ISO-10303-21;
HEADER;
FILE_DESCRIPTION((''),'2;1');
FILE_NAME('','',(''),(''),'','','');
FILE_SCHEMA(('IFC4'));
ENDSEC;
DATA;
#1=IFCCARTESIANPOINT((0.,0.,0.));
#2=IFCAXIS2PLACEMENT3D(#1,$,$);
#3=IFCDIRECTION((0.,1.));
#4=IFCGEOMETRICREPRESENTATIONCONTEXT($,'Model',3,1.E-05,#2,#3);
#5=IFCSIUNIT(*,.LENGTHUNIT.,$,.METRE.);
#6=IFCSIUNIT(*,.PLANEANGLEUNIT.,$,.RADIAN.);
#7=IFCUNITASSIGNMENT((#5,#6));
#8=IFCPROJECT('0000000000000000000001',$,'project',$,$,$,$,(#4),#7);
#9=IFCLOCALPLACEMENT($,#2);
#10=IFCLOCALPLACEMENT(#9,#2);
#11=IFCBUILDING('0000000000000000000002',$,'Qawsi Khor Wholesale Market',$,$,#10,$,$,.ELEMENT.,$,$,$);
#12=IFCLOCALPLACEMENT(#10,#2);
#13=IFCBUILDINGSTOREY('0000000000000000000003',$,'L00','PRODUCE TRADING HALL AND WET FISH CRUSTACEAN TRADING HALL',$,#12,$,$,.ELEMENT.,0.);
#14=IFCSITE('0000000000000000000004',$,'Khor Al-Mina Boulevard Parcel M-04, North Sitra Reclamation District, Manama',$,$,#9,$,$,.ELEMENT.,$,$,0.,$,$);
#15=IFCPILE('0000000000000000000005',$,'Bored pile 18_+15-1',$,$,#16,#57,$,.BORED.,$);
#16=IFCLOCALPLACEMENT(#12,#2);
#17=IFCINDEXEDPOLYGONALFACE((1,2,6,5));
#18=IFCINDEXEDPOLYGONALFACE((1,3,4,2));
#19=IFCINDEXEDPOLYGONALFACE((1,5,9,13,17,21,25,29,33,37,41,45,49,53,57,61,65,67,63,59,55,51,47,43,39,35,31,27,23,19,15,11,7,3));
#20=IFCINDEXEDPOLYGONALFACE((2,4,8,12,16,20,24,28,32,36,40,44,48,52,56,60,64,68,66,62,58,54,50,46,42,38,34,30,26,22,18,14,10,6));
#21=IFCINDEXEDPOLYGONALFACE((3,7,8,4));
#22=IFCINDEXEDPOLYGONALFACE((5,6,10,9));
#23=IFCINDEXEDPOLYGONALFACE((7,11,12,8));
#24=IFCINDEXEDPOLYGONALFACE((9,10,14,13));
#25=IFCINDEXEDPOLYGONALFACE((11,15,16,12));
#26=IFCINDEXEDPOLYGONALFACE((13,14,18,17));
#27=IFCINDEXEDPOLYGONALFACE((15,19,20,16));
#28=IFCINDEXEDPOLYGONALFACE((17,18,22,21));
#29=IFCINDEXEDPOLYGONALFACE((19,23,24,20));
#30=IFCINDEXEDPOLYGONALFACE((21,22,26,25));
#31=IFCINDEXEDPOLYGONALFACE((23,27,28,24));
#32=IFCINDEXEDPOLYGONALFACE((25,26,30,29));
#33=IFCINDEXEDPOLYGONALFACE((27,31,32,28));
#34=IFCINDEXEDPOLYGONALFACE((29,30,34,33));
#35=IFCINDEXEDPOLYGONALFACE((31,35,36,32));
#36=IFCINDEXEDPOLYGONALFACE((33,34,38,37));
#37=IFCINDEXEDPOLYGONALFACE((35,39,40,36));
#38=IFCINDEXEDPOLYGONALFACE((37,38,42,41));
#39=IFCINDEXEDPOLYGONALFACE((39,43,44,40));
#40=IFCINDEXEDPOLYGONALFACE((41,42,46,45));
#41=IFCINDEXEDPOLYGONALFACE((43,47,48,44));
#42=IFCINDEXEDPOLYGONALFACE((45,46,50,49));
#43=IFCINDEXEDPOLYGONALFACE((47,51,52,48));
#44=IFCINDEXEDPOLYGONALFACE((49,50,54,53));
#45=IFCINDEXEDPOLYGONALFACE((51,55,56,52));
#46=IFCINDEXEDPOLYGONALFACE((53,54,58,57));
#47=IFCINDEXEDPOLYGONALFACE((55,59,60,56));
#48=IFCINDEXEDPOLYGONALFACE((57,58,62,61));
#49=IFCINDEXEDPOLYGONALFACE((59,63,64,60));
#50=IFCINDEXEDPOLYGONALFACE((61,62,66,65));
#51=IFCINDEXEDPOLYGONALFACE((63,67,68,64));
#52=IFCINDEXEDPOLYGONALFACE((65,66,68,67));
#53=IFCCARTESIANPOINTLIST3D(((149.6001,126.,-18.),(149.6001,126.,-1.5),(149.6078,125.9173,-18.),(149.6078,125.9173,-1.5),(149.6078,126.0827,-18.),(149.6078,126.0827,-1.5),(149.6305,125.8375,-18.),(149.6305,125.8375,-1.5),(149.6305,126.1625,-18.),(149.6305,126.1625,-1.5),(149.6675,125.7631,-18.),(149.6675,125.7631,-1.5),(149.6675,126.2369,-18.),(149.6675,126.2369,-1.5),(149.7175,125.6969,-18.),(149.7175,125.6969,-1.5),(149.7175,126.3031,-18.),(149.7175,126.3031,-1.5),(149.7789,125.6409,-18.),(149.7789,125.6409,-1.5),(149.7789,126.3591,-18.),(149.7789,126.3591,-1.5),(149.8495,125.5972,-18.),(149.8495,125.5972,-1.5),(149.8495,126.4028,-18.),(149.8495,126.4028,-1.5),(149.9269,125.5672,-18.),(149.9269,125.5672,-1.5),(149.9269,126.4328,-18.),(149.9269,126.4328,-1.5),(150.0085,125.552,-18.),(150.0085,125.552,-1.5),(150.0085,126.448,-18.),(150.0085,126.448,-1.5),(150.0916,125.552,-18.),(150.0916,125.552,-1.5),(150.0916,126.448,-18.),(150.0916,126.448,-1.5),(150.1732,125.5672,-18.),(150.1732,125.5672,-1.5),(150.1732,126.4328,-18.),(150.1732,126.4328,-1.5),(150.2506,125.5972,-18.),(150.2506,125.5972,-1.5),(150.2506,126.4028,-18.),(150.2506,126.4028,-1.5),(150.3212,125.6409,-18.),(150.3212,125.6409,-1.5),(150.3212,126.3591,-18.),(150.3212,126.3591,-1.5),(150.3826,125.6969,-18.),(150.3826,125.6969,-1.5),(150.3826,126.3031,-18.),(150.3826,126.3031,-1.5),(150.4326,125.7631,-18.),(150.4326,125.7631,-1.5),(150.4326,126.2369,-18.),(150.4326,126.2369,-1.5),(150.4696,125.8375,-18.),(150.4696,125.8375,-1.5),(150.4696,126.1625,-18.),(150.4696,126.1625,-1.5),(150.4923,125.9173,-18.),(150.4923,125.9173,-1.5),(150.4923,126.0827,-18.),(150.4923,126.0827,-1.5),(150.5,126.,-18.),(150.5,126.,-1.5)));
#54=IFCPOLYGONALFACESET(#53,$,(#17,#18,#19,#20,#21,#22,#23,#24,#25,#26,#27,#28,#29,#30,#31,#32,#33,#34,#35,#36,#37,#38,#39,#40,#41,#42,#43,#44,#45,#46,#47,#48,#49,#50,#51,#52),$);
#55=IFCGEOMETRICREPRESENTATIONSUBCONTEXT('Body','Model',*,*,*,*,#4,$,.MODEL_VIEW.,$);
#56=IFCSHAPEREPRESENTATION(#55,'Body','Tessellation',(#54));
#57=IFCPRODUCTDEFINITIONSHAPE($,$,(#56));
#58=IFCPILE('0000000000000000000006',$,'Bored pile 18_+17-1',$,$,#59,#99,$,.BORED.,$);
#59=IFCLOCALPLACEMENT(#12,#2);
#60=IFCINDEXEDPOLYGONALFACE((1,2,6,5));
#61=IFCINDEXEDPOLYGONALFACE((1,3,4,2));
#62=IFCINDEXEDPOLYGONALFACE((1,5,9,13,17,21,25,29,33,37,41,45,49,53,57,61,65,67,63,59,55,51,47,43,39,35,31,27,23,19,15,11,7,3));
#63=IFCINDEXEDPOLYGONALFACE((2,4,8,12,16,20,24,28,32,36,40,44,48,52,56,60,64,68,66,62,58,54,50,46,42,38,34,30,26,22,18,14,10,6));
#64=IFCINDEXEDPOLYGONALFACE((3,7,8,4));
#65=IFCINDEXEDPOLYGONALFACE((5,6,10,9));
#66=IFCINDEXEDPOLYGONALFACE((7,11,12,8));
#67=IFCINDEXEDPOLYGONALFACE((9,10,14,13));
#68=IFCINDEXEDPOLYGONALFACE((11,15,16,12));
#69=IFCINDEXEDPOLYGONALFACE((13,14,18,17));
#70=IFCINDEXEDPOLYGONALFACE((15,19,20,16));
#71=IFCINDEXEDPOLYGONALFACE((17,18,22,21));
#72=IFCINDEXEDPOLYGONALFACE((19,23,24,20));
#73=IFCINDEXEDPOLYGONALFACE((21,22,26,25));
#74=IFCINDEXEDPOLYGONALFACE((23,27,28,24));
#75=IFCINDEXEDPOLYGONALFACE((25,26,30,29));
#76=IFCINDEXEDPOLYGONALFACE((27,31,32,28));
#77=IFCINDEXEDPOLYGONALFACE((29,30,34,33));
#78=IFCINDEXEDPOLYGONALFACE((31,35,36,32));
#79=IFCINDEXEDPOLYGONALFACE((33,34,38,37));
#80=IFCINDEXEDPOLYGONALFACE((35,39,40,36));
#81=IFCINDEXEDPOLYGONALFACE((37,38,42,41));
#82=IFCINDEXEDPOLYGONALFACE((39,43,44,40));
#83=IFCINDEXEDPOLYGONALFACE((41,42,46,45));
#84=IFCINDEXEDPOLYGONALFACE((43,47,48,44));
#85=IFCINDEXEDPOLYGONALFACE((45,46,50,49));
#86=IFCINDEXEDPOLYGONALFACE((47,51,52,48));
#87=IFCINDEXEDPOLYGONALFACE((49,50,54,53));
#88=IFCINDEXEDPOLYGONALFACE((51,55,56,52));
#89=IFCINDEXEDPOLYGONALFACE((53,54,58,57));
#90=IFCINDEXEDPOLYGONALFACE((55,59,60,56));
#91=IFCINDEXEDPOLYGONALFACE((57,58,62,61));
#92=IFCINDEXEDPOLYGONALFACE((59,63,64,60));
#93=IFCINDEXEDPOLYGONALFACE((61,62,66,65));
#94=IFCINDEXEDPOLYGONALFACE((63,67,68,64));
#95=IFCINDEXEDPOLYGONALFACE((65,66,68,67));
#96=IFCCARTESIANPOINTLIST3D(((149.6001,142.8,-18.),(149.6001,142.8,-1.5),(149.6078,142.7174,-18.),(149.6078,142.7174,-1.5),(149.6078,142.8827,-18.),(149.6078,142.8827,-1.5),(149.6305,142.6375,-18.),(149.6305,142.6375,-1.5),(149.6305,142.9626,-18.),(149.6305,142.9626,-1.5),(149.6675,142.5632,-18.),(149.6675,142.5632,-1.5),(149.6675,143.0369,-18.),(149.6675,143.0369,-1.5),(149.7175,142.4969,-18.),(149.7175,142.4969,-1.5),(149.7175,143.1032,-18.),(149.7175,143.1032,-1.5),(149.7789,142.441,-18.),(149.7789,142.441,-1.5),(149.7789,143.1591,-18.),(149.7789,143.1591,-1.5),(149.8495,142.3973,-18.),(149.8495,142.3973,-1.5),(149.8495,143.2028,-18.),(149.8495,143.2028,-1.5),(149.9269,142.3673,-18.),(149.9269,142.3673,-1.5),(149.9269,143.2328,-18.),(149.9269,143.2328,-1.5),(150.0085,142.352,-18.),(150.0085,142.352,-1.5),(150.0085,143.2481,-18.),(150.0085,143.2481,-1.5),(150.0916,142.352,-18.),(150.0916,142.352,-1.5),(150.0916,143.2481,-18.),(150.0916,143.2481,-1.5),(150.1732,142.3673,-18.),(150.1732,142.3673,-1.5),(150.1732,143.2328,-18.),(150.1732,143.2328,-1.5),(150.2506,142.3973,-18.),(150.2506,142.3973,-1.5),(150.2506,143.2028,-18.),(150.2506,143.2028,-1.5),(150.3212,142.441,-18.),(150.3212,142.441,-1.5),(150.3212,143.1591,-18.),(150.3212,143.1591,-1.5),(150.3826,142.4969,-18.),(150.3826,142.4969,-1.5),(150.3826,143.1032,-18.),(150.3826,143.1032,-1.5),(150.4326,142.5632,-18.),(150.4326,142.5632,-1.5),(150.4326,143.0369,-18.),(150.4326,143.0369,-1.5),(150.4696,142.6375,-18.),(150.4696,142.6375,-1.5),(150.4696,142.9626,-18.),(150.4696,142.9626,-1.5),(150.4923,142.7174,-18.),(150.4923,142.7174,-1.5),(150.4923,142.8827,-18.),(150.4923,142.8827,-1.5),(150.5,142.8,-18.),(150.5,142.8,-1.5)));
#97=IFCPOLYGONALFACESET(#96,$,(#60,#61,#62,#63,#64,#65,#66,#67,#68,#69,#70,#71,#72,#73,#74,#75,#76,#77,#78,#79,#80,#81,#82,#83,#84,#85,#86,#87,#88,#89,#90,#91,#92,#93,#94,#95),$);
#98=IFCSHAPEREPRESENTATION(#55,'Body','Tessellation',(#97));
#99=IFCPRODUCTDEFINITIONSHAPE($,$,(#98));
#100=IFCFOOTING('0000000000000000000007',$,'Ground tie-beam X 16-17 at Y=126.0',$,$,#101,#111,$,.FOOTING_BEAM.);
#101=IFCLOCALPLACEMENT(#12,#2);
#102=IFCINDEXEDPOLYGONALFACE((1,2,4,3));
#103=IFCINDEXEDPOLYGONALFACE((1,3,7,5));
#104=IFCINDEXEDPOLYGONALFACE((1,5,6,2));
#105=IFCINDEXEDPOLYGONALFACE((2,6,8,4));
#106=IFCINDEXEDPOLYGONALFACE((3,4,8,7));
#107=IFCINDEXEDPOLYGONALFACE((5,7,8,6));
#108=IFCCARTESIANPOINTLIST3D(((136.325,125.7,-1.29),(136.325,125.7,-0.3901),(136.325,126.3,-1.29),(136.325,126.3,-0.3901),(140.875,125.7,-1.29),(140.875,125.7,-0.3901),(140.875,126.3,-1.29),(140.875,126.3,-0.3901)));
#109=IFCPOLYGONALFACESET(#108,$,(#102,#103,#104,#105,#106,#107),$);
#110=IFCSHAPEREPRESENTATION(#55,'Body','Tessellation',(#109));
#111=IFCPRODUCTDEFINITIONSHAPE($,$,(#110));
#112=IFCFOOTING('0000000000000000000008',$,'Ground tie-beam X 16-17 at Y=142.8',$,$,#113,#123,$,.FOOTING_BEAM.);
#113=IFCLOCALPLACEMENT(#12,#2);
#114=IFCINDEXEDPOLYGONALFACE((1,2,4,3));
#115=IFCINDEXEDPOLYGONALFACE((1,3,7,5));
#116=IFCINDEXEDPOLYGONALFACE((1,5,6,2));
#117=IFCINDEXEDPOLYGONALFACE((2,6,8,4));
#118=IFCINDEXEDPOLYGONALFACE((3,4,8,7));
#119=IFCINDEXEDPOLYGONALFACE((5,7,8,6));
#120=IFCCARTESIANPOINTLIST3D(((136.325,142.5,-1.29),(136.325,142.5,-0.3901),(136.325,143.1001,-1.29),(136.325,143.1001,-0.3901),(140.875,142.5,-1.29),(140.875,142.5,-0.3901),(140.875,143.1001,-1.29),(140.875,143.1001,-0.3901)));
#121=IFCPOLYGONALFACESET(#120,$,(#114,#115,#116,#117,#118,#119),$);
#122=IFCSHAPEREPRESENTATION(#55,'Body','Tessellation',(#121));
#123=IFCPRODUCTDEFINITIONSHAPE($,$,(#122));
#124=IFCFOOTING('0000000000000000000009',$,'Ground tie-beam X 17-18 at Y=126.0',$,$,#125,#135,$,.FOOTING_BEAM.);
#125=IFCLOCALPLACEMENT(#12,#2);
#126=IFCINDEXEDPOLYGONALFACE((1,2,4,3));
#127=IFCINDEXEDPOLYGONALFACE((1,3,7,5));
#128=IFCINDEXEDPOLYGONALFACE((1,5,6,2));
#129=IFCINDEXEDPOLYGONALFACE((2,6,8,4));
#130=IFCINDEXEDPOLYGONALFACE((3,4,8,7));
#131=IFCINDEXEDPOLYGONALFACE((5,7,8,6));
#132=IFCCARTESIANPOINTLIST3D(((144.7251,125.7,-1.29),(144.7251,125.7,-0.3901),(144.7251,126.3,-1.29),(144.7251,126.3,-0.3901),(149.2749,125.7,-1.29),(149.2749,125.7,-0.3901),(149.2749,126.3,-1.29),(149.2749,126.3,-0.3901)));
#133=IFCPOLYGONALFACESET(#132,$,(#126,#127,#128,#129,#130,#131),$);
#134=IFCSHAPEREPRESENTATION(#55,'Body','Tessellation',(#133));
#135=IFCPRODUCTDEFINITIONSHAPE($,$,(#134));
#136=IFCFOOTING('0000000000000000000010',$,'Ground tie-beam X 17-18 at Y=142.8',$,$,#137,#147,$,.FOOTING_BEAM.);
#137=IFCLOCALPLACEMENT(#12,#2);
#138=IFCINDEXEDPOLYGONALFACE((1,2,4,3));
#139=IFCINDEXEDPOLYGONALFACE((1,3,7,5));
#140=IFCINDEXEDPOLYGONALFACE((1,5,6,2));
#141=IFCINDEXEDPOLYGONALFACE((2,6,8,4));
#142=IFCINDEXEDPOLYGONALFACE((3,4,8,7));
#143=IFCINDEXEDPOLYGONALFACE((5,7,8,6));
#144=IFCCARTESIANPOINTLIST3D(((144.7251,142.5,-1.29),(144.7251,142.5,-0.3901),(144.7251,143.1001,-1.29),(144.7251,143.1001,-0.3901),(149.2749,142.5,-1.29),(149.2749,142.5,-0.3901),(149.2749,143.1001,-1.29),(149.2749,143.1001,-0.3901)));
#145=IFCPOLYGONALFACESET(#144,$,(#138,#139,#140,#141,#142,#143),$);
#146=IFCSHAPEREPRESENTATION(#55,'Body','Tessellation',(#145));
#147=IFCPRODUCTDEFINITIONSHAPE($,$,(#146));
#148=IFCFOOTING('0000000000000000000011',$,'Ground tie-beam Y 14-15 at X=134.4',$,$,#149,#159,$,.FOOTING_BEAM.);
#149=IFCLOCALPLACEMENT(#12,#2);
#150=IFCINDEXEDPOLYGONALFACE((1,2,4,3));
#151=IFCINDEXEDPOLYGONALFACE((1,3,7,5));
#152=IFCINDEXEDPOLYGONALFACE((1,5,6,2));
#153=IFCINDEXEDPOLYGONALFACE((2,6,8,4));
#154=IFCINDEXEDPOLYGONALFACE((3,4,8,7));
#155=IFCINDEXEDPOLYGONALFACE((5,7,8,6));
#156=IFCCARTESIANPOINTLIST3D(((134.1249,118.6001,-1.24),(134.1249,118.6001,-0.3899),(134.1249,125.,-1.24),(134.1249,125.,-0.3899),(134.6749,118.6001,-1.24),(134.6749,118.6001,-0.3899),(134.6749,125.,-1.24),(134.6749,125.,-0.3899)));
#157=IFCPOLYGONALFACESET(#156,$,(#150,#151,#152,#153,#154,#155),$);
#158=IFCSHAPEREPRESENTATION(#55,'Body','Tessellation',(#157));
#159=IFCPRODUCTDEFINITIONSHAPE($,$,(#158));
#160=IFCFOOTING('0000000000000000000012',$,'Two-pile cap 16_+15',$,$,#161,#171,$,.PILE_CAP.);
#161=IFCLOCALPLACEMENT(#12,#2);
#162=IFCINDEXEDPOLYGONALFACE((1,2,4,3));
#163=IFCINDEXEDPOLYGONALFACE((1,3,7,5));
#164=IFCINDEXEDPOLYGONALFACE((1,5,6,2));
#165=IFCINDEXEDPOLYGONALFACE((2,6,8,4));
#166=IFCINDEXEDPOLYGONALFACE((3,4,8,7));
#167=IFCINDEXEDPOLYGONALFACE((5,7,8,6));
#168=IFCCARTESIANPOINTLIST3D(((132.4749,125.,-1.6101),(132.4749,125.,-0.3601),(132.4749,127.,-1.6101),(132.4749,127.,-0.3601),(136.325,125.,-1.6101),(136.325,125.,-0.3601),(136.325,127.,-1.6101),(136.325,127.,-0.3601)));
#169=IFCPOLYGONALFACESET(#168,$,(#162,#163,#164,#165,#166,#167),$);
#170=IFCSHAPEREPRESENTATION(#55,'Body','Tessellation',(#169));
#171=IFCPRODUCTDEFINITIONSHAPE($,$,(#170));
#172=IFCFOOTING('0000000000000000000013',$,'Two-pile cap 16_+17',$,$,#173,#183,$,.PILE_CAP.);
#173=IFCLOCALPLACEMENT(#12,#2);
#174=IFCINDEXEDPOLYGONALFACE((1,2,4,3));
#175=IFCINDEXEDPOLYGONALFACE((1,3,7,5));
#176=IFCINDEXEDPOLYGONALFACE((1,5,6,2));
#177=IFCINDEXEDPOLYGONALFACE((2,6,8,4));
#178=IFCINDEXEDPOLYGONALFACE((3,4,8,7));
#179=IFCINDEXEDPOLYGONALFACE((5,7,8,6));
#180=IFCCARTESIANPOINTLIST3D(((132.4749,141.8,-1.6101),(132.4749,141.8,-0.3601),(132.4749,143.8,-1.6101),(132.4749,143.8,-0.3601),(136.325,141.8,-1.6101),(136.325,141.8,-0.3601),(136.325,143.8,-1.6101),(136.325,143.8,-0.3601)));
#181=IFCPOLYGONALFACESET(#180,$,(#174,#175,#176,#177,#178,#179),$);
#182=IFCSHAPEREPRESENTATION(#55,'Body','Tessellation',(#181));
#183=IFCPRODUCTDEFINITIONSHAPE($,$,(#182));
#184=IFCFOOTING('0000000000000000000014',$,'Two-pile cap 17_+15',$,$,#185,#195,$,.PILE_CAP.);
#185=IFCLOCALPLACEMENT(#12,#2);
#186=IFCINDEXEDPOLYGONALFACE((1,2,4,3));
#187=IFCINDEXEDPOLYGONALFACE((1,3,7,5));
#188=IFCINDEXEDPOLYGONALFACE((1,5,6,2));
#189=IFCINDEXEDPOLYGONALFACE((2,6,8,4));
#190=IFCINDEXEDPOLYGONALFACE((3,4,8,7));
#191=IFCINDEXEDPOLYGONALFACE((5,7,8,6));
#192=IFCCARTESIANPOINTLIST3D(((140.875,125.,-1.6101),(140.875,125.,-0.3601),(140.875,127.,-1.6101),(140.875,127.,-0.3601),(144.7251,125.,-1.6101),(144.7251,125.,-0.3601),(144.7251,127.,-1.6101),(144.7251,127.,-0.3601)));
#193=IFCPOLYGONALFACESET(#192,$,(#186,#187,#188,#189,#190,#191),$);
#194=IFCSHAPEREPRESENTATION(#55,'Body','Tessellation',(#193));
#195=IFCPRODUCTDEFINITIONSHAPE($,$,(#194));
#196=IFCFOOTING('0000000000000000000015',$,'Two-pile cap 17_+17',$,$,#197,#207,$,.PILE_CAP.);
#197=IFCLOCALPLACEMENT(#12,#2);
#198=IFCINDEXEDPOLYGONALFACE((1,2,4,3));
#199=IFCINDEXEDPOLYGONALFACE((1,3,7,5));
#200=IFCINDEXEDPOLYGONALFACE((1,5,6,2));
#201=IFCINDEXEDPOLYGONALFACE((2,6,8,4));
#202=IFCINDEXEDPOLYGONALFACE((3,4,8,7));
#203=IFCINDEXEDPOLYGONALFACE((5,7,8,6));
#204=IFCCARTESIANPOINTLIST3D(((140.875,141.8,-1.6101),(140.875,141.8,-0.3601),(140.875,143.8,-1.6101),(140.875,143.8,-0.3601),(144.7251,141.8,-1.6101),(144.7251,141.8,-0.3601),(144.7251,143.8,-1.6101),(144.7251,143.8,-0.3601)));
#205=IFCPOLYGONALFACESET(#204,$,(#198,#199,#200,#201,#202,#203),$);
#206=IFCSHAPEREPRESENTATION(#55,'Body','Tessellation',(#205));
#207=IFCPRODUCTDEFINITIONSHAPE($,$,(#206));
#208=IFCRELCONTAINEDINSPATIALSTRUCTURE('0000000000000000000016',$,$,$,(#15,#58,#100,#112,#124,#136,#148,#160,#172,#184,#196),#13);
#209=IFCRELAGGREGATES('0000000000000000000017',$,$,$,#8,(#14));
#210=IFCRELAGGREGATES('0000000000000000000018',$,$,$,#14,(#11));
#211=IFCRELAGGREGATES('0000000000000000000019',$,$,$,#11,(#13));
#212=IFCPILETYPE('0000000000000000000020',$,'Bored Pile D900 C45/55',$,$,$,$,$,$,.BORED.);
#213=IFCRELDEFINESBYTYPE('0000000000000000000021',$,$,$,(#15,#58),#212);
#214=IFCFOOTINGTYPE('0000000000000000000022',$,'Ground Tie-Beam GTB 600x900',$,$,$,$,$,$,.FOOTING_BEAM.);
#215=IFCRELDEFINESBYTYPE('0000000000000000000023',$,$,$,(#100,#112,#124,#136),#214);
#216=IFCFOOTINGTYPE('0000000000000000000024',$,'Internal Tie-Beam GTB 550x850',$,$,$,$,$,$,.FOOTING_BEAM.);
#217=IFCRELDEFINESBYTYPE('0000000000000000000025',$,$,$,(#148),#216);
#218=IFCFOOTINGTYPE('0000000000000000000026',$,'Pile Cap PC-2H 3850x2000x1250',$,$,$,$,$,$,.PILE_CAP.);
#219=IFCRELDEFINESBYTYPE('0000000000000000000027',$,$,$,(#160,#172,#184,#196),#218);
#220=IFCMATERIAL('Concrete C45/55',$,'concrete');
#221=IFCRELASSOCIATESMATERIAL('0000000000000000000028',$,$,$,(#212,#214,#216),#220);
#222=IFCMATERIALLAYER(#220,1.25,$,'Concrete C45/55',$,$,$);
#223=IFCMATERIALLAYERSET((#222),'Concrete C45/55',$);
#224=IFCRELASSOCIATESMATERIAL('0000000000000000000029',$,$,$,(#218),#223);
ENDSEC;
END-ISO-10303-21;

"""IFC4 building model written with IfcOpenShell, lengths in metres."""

from ifc_helpers import new_model, si_unit, direction, frame, origin, origin_2d, place, context, subcontext, project, spatial, rectangle, circle, extrude, material, layer, layer_set, material_profile, profile_set, type_object, element, save


model = new_model("IFC4")

# Units and contexts
model_context = context("Model", 3, precision=1e-05, world=origin(), true_north=direction((0.0, 1.0)))
body_context = subcontext(model_context, "Body", "Model", "MODEL_VIEW")
ifc_project = project(units=[si_unit("LENGTHUNIT", "METRE"), si_unit("PLANEANGLEUNIT", "RADIAN")], contexts=[model_context])

# Site, building, storey
site_placement = place(None, origin())
site = spatial("IfcSite", under=ifc_project, at=site_placement, Name="Khor Al-Mina Boulevard Parcel M-04, North Sitra Reclamation District, Manama", CompositionType="ELEMENT", RefElevation=0.0)
building_placement = place(site_placement, origin())
building = spatial("IfcBuilding", under=site, at=building_placement, Name="Qawsi Khor Wholesale Market", CompositionType="ELEMENT")
storey_placement = place(building_placement, origin())
storey = spatial("IfcBuildingStorey", under=building, at=storey_placement, Name="L00", Description="PRODUCE TRADING HALL AND WET FISH CRUSTACEAN TRADING HALL", CompositionType="ELEMENT", Elevation=0.0)

# Piles
ifc_material_1 = material(Name="Concrete C45/55", Category="concrete")
ifc_material_profile_1 = material_profile(ifc_material_1, circle(Radius=0.45, at=origin_2d()), Name="PILE D900")
ifc_profile_set_1 = profile_set([ifc_material_profile_1], Name="Concrete C45/55")
pile_type = type_object("IfcPileType", Name="Bored Pile D900 C45/55", PredefinedType="BORED", material=ifc_profile_set_1)
for number, where, z_axis, x_axis, name in (
    (1, (150.05, 126.0, -1.5), (0.0, 0.0, -1.0), (1.0, 0.0, 0.0), "Bored pile 18_+15-1"),
    (2, (150.05, 142.8, -1.5), (0.0, 0.0, -1.0), (1.0, 0.0, 0.0), "Bored pile 18_+17-1"),
):
    element("IfcPile", number, at=place(storey_placement, frame(where, z_axis=z_axis, x_axis=x_axis)), inside=storey, type_object=pile_type, Name=name, PredefinedType="BORED", context=body_context, shape_type="SweptSolid", body=[
        extrude(circle(Radius=0.45, at=origin_2d()), origin(), (0.0, 0.0, 1.0), 16.5),
    ])

# Footings
ifc_material_profile_2 = material_profile(ifc_material_1, rectangle(XDim=0.6001, YDim=0.8999, at=origin_2d()), Name="RC 600x900")
ifc_profile_set_2 = profile_set([ifc_material_profile_2], Name="Concrete C45/55")
footing_type_1 = type_object("IfcFootingType", Name="Ground Tie-Beam GTB 600x900", PredefinedType="FOOTING_BEAM", material=ifc_profile_set_2)
for number, where, z_axis, x_axis, name in (
    (3, (136.325, 126.0, -0.8401), (1.0, 0.0, 0.0), (0.0, 1.0, 0.0), "Ground tie-beam X 16-17 at Y=126.0"),
    (4, (136.325, 142.8, -0.8401), (1.0, 0.0, 0.0), (0.0, 1.0, 0.0), "Ground tie-beam X 16-17 at Y=142.8"),
):
    element("IfcFooting", number, at=place(storey_placement, frame(where, z_axis=z_axis, x_axis=x_axis)), inside=storey, type_object=footing_type_1, Name=name, PredefinedType="FOOTING_BEAM", context=body_context, shape_type="SweptSolid", body=[
        extrude(rectangle(XDim=0.6001, YDim=0.8999, at=origin_2d()), origin(), (0.0, 0.0, 1.0), 4.55),
    ])
for number, where, z_axis, x_axis, name in (
    (5, (144.7251, 126.0, -0.8401), (1.0, 0.0, 0.0), (0.0, 1.0, 0.0), "Ground tie-beam X 17-18 at Y=126.0"),
    (6, (144.7251, 142.8, -0.8401), (1.0, 0.0, 0.0), (0.0, 1.0, 0.0), "Ground tie-beam X 17-18 at Y=142.8"),
):
    element("IfcFooting", number, at=place(storey_placement, frame(where, z_axis=z_axis, x_axis=x_axis)), inside=storey, type_object=footing_type_1, Name=name, PredefinedType="FOOTING_BEAM", context=body_context, shape_type="SweptSolid", body=[
        extrude(rectangle(XDim=0.6001, YDim=0.8999, at=origin_2d()), origin(), (0.0, 0.0, 1.0), 4.5498),
    ])
ifc_material_profile_3 = material_profile(ifc_material_1, rectangle(XDim=0.55, YDim=0.8501, at=origin_2d()), Name="RC 550x850")
ifc_profile_set_3 = profile_set([ifc_material_profile_3], Name="Concrete C45/55")
footing_type_2 = type_object("IfcFootingType", Name="Internal Tie-Beam GTB 550x850", PredefinedType="FOOTING_BEAM", material=ifc_profile_set_3)
footing_placement = place(storey_placement, frame((134.3999, 118.6001, -0.8149), z_axis=(0.0, 1.0, 0.0), x_axis=(-1.0, 0.0, 0.0)))
element("IfcFooting", 7, at=footing_placement, inside=storey, type_object=footing_type_2, Name="Ground tie-beam Y 14-15 at X=134.4", PredefinedType="FOOTING_BEAM", context=body_context, shape_type="SweptSolid", body=[
    extrude(rectangle(XDim=0.55, YDim=0.8501, at=origin_2d()), origin(), (0.0, 0.0, 1.0), 6.3999),
])
ifc_layer_1 = layer(ifc_material_1, 1.25, Name="Concrete C45/55")
ifc_layer_set_1 = layer_set([ifc_layer_1], Name="Concrete C45/55")
footing_type_3 = type_object("IfcFootingType", Name="Pile Cap PC-2H 3850x2000x1250", PredefinedType="PILE_CAP", material=ifc_layer_set_1)
for number, where, z_axis, x_axis, name in (
    (8, (134.3999, 126.0, -1.6101), (0.0, 0.0, 1.0), (1.0, 0.0, 0.0), "Two-pile cap 16_+15"),
    (9, (134.3999, 142.8, -1.6101), (0.0, 0.0, 1.0), (1.0, 0.0, 0.0), "Two-pile cap 16_+17"),
    (10, (142.8, 126.0, -1.6101), (0.0, 0.0, 1.0), (1.0, 0.0, 0.0), "Two-pile cap 17_+15"),
    (11, (142.8, 142.8, -1.6101), (0.0, 0.0, 1.0), (1.0, 0.0, 0.0), "Two-pile cap 17_+17"),
):
    element("IfcFooting", number, at=place(storey_placement, frame(where, z_axis=z_axis, x_axis=x_axis)), inside=storey, type_object=footing_type_3, Name=name, PredefinedType="PILE_CAP", context=body_context, shape_type="SweptSolid", body=[
        extrude(rectangle(XDim=3.8501, YDim=2.0, at=origin_2d()), origin(), (0.0, 0.0, 1.0), 1.25),
    ])

save(model, "model.ifc")
